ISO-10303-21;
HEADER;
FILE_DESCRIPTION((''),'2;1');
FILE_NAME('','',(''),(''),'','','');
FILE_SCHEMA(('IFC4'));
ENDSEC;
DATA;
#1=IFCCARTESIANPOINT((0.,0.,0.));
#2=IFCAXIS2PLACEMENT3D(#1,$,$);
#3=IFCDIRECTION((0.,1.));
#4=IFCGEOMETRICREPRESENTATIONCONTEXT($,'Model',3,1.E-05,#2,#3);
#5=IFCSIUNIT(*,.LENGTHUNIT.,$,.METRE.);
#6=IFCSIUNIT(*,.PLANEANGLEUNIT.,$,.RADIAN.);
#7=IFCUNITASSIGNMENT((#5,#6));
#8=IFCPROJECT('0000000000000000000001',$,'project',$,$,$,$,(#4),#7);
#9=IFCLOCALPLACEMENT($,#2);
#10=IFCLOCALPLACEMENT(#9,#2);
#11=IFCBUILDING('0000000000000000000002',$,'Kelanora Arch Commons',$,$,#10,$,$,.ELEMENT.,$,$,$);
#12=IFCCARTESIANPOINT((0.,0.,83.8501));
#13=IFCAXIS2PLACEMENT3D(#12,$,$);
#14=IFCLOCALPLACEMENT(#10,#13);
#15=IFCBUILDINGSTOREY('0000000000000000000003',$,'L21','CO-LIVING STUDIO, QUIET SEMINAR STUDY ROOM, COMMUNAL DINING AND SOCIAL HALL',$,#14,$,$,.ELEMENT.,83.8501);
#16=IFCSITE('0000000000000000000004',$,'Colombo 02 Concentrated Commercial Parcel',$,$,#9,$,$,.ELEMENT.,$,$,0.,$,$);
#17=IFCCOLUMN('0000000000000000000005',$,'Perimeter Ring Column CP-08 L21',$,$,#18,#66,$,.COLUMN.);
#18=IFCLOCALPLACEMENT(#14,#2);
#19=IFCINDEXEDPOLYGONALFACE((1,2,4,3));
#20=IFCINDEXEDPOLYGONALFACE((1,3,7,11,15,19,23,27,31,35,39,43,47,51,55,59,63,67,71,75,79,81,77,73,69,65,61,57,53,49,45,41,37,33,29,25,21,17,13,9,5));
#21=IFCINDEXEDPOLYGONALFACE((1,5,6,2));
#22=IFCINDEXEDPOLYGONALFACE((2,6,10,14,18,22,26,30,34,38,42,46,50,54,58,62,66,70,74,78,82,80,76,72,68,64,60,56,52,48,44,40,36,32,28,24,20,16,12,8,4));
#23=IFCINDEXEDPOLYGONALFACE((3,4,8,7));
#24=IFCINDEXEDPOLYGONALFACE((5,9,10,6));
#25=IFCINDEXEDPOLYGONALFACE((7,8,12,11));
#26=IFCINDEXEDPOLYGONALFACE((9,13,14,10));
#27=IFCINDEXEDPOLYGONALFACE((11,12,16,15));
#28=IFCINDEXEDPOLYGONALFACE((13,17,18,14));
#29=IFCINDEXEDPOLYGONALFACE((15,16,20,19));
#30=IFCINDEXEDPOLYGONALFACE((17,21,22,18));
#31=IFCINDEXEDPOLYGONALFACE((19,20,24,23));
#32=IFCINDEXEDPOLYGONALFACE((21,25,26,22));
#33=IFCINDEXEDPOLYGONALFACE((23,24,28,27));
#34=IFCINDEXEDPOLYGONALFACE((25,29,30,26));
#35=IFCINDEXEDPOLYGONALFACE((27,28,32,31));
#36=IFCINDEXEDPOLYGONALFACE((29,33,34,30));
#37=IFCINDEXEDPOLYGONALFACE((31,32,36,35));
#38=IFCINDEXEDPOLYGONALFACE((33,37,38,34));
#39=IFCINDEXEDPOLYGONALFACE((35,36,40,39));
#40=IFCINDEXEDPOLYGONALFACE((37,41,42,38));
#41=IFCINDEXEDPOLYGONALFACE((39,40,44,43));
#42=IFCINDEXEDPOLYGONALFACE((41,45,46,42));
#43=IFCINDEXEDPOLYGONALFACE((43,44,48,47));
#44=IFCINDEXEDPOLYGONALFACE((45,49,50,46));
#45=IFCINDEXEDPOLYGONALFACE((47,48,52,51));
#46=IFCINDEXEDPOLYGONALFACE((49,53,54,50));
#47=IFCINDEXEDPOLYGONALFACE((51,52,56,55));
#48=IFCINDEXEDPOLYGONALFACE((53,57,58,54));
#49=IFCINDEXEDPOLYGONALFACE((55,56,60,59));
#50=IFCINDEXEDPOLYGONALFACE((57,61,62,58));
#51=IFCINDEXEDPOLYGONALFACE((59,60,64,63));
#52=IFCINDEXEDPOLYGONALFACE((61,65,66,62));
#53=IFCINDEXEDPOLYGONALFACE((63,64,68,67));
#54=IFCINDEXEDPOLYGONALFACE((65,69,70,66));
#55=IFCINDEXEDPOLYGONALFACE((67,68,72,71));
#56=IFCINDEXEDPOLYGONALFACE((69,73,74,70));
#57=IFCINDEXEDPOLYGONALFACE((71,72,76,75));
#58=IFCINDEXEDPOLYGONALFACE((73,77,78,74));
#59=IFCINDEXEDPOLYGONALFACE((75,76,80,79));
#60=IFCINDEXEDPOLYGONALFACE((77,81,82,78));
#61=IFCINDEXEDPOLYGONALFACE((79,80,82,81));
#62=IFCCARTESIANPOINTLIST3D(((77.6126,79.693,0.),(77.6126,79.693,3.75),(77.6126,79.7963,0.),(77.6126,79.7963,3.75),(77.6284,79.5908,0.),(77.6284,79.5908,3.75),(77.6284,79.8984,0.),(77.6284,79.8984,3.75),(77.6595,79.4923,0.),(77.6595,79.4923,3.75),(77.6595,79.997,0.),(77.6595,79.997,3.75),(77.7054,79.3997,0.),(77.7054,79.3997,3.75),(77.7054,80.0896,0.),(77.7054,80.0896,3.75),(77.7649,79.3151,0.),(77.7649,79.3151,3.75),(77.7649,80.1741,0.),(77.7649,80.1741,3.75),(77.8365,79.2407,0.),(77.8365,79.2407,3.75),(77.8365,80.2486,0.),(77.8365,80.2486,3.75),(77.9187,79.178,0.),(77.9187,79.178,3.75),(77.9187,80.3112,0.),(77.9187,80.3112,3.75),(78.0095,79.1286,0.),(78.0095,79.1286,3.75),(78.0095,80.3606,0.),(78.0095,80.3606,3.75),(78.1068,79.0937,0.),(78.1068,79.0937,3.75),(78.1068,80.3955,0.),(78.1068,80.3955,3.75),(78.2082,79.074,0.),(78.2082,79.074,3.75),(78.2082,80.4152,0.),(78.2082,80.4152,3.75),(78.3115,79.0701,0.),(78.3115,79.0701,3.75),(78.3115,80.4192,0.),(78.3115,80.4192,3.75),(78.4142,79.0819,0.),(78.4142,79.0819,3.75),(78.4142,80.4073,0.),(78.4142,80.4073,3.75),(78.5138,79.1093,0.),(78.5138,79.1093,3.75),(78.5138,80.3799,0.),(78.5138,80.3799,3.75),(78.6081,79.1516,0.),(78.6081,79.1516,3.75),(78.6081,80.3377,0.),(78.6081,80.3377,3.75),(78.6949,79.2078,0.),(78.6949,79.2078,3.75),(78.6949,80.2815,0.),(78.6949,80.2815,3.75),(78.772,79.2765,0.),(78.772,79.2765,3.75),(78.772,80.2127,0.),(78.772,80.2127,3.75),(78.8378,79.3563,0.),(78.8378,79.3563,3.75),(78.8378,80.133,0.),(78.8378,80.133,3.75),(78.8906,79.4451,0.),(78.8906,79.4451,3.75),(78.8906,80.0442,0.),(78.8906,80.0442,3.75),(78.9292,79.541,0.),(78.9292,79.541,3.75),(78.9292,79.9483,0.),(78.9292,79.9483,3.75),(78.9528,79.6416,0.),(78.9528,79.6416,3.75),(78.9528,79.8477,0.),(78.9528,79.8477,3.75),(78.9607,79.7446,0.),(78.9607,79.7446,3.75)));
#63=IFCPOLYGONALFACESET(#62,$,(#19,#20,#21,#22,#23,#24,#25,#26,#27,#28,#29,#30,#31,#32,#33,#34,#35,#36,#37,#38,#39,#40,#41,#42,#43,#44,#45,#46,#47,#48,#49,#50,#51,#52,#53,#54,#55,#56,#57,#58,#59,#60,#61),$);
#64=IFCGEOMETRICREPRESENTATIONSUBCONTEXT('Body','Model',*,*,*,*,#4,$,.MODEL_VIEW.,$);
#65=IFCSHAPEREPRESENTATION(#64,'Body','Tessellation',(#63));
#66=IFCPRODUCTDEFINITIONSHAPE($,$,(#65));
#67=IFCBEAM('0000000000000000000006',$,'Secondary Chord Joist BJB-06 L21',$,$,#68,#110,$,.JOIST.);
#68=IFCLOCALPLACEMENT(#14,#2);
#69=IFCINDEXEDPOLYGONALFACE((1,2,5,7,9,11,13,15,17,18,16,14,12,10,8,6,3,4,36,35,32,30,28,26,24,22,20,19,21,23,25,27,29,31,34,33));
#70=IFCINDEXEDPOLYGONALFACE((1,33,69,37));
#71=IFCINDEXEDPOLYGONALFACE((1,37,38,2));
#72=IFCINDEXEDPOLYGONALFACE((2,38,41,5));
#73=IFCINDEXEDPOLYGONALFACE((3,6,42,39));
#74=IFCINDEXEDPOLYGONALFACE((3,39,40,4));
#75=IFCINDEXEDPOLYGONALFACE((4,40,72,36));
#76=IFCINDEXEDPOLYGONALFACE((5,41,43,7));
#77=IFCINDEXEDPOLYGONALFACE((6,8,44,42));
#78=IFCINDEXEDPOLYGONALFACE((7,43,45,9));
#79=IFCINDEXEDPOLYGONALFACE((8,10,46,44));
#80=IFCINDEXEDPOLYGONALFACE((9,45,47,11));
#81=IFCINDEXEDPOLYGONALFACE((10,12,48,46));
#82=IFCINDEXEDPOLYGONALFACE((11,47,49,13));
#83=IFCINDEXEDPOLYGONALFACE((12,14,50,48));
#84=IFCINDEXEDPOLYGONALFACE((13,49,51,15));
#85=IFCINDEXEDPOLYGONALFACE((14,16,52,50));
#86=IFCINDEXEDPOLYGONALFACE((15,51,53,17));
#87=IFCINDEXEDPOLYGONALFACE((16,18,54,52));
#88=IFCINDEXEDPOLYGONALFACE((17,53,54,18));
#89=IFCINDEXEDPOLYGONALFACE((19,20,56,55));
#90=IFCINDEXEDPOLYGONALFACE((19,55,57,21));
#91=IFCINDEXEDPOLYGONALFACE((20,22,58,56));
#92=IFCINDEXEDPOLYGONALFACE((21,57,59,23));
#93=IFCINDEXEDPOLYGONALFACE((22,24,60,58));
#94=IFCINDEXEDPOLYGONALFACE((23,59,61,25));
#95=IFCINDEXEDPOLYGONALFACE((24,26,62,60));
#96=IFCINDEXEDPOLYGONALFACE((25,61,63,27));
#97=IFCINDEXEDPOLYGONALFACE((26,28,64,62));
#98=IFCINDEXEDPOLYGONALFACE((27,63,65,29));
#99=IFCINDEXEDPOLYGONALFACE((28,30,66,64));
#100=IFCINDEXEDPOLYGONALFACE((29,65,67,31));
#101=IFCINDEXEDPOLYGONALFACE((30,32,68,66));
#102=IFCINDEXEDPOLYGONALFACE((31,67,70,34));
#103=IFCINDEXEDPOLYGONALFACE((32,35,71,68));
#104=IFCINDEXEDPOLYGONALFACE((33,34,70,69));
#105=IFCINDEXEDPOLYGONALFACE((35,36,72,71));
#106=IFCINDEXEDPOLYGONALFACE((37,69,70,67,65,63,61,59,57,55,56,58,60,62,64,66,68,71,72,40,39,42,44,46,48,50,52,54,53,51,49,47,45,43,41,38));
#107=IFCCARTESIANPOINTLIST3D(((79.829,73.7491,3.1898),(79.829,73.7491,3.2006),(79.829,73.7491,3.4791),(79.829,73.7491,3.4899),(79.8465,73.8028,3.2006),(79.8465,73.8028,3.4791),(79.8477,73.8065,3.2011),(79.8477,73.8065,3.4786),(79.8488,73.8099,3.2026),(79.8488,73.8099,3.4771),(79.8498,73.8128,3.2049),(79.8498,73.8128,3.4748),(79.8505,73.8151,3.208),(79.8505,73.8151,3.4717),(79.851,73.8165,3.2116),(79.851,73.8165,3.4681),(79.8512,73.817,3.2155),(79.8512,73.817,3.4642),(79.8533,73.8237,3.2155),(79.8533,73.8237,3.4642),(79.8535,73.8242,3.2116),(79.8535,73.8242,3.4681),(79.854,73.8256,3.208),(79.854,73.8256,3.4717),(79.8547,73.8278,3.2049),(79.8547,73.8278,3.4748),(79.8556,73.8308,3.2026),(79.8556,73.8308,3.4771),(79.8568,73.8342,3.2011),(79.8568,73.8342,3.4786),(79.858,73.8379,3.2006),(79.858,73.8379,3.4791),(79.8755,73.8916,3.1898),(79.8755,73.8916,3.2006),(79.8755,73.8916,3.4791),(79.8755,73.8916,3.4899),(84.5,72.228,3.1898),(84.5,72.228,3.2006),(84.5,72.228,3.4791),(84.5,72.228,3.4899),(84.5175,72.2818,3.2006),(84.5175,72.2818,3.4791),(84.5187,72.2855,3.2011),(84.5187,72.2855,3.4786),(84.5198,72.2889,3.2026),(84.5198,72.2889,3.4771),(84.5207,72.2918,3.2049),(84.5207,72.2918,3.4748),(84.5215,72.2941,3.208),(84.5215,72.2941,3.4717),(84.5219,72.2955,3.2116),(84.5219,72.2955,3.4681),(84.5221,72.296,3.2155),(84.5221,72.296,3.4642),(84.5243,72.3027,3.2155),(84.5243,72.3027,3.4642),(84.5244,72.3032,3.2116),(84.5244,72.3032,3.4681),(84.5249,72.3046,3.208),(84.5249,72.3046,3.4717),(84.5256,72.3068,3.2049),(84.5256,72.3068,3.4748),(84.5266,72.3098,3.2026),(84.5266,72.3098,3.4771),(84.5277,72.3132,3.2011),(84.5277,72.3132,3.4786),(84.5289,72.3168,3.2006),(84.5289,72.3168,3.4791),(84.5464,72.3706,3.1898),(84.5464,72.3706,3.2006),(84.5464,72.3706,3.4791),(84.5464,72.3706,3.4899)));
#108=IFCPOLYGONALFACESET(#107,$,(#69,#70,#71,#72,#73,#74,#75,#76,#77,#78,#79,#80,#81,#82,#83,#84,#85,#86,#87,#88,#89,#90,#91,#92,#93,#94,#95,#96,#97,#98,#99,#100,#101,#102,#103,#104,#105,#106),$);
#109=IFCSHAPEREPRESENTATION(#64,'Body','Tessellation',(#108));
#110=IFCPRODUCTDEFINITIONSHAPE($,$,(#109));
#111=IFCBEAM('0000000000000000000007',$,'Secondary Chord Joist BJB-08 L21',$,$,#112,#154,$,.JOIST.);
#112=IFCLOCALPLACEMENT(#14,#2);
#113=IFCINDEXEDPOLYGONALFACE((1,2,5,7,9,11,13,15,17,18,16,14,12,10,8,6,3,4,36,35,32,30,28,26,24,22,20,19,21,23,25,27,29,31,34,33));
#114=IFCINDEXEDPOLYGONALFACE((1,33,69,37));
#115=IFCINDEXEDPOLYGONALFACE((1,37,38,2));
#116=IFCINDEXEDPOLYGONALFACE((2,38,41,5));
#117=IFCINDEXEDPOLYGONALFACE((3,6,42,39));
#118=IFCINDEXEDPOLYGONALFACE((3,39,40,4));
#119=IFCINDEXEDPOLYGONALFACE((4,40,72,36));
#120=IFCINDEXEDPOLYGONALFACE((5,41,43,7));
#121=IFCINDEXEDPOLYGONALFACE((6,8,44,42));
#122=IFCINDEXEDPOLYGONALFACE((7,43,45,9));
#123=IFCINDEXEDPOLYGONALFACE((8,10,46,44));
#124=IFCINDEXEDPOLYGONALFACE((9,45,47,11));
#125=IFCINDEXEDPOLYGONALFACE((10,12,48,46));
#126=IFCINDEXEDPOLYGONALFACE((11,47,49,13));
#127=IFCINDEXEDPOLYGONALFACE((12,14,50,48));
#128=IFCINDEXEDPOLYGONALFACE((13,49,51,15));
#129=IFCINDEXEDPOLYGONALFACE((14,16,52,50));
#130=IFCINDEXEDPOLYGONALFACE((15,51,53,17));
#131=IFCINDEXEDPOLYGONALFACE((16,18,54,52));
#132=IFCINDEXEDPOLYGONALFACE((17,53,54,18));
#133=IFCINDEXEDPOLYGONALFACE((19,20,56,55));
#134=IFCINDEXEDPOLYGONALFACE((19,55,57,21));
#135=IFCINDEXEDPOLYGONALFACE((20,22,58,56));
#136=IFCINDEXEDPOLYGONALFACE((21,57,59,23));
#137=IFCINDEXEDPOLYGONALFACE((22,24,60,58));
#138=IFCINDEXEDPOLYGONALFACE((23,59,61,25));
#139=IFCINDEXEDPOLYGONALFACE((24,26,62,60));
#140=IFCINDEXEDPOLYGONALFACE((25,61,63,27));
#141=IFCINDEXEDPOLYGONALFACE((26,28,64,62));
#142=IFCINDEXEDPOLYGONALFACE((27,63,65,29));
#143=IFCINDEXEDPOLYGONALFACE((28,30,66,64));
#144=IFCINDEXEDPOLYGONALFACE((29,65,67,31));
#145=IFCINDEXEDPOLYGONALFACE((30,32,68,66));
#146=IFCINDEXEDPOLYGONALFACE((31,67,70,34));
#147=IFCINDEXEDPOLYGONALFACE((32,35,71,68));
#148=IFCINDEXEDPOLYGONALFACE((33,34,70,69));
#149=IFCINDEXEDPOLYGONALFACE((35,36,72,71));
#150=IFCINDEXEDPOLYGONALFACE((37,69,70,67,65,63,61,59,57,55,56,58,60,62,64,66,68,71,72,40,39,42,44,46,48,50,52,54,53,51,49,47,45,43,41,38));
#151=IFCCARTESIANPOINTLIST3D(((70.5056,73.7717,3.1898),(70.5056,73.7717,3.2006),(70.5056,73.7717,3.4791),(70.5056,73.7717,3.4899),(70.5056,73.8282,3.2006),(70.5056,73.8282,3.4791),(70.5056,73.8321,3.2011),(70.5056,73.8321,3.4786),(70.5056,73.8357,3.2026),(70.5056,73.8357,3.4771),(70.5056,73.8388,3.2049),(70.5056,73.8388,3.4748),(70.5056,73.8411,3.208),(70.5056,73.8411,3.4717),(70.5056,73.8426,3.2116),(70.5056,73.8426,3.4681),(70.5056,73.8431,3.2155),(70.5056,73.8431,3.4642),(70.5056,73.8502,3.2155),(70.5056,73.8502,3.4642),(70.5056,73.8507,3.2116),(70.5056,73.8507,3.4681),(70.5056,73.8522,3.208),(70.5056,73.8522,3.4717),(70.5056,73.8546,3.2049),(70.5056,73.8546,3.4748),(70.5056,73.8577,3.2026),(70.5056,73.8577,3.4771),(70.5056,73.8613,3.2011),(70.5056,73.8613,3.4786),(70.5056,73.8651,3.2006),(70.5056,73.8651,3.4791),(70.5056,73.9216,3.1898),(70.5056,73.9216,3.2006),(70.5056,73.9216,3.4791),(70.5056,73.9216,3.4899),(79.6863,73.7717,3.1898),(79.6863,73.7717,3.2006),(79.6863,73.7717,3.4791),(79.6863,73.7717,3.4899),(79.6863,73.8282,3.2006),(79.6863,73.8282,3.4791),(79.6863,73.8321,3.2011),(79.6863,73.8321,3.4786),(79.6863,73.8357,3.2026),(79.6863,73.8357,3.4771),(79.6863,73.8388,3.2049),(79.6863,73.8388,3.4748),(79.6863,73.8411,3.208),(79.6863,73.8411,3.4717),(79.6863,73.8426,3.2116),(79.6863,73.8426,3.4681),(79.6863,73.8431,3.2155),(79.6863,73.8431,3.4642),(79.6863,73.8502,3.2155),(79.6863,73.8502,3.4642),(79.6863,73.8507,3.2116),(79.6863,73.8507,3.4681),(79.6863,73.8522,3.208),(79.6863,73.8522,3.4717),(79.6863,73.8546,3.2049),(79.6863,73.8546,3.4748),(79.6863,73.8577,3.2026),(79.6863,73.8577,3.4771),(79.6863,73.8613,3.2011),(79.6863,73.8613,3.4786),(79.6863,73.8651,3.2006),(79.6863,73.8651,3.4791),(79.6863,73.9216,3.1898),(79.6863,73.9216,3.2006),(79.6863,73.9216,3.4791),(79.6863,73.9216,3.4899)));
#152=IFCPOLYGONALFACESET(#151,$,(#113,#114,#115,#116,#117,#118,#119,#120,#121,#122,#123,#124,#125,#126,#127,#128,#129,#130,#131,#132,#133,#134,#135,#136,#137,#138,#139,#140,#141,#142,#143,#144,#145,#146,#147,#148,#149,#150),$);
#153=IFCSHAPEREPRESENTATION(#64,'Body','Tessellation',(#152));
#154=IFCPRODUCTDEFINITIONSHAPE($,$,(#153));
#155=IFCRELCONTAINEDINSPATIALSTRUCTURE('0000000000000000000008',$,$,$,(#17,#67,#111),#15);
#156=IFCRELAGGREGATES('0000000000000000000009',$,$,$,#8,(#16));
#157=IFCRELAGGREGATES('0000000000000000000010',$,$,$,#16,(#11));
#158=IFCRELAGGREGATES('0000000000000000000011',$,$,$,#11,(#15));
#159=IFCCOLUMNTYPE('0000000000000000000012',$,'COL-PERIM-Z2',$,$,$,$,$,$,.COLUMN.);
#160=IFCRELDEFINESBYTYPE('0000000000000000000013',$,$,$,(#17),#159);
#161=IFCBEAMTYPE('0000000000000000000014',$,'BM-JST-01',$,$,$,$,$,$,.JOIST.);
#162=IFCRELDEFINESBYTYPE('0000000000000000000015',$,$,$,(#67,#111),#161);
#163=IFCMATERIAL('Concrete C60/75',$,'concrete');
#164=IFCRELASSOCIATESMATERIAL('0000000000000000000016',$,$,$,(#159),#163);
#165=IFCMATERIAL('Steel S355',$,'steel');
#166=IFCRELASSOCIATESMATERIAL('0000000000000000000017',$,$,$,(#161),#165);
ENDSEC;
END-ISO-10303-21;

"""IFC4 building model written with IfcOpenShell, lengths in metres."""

from ifc_helpers import new_model, si_unit, direction, frame, origin, origin_2d, place, context, subcontext, project, spatial, circle, i_section, extrude, material, material_profile, profile_set, type_object, element, save


model = new_model("IFC4")

# Units and contexts
model_context = context("Model", 3, precision=1e-05, world=origin(), true_north=direction((0.0, 1.0)))
body_context = subcontext(model_context, "Body", "Model", "MODEL_VIEW")
ifc_project = project(units=[si_unit("LENGTHUNIT", "METRE"), si_unit("PLANEANGLEUNIT", "RADIAN")], contexts=[model_context])

# Site, building, storey
site_placement = place(None, origin())
site = spatial("IfcSite", under=ifc_project, at=site_placement, Name="Colombo 02 Concentrated Commercial Parcel", CompositionType="ELEMENT", RefElevation=0.0)
building_placement = place(site_placement, origin())
building = spatial("IfcBuilding", under=site, at=building_placement, Name="Kelanora Arch Commons", CompositionType="ELEMENT")
storey_placement = place(building_placement, frame((0.0, 0.0, 83.8501)))
storey = spatial("IfcBuildingStorey", under=building, at=storey_placement, Name="L21", Description="CO-LIVING STUDIO, QUIET SEMINAR STUDY ROOM, COMMUNAL DINING AND SOCIAL HALL", CompositionType="ELEMENT", Elevation=83.8501)

# Column
ifc_material_1 = material(Name="Concrete C60/75", Category="concrete")
ifc_material_profile_1 = material_profile(ifc_material_1, circle(Radius=0.675, at=origin_2d()), Name="RCC1350")
ifc_profile_set_1 = profile_set([ifc_material_profile_1], Name="Concrete C60/75")
column_type = type_object("IfcColumnType", Name="COL-PERIM-Z2", PredefinedType="COLUMN", material=ifc_profile_set_1)
column_placement = place(storey_placement, frame((78.2856, 79.7446, 0.0), z_axis=(0.0, 0.0, 1.0), x_axis=(1.0, 0.0, 0.0)))
element("IfcColumn", 1, at=column_placement, inside=storey, type_object=column_type, Name="Perimeter Ring Column CP-08 L21", PredefinedType="COLUMN", context=body_context, shape_type="SweptSolid", body=[
    extrude(circle(Radius=0.675, at=origin_2d()), origin(), (0.0, 0.0, 1.0), 3.75),
])

# Beams
ifc_material_2 = material(Name="Steel S355", Category="steel")
ifc_material_profile_2 = material_profile(ifc_material_2, i_section(OverallWidth=0.1499, OverallDepth=0.3, WebThickness=0.0071, FlangeThickness=0.0107, FilletRadius=0.0149, at=origin_2d()), Name="IPE300")
ifc_profile_set_2 = profile_set([ifc_material_profile_2], Name="Steel S355")
beam_type_1 = type_object("IfcBeamType", Name="BM-JST-01", PredefinedType="JOIST", material=ifc_profile_set_2)
beam_1_placement = place(storey_placement, frame((84.5232, 72.2993, 3.3398), z_axis=(-0.950857, 0.30963, 0.0), x_axis=(-0.30963, -0.950857, 0.0)))
element("IfcBeam", 2, at=beam_1_placement, inside=storey, type_object=beam_type_1, Name="Secondary Chord Joist BJB-06 L21", PredefinedType="JOIST", context=body_context, shape_type="SweptSolid", body=[
    extrude(i_section(OverallWidth=0.1499, OverallDepth=0.3, WebThickness=0.0071, FlangeThickness=0.0107, FilletRadius=0.0149, at=origin_2d()), origin(), (0.0, 0.0, 1.0), 4.9124),
])
beam_2_placement = place(storey_placement, frame((79.6863, 73.8467, 3.3398), z_axis=(-1.0, 0.0, 0.0), x_axis=(0.0, -1.0, 0.0)))
element("IfcBeam", 3, at=beam_2_placement, inside=storey, type_object=beam_type_1, Name="Secondary Chord Joist BJB-08 L21", PredefinedType="JOIST", context=body_context, shape_type="SweptSolid", body=[
    extrude(i_section(OverallWidth=0.1499, OverallDepth=0.3, WebThickness=0.0071, FlangeThickness=0.0107, FilletRadius=0.0149, at=origin_2d()), origin(), (0.0, 0.0, 1.0), 9.1807),
])

save(model, "model.ifc")
